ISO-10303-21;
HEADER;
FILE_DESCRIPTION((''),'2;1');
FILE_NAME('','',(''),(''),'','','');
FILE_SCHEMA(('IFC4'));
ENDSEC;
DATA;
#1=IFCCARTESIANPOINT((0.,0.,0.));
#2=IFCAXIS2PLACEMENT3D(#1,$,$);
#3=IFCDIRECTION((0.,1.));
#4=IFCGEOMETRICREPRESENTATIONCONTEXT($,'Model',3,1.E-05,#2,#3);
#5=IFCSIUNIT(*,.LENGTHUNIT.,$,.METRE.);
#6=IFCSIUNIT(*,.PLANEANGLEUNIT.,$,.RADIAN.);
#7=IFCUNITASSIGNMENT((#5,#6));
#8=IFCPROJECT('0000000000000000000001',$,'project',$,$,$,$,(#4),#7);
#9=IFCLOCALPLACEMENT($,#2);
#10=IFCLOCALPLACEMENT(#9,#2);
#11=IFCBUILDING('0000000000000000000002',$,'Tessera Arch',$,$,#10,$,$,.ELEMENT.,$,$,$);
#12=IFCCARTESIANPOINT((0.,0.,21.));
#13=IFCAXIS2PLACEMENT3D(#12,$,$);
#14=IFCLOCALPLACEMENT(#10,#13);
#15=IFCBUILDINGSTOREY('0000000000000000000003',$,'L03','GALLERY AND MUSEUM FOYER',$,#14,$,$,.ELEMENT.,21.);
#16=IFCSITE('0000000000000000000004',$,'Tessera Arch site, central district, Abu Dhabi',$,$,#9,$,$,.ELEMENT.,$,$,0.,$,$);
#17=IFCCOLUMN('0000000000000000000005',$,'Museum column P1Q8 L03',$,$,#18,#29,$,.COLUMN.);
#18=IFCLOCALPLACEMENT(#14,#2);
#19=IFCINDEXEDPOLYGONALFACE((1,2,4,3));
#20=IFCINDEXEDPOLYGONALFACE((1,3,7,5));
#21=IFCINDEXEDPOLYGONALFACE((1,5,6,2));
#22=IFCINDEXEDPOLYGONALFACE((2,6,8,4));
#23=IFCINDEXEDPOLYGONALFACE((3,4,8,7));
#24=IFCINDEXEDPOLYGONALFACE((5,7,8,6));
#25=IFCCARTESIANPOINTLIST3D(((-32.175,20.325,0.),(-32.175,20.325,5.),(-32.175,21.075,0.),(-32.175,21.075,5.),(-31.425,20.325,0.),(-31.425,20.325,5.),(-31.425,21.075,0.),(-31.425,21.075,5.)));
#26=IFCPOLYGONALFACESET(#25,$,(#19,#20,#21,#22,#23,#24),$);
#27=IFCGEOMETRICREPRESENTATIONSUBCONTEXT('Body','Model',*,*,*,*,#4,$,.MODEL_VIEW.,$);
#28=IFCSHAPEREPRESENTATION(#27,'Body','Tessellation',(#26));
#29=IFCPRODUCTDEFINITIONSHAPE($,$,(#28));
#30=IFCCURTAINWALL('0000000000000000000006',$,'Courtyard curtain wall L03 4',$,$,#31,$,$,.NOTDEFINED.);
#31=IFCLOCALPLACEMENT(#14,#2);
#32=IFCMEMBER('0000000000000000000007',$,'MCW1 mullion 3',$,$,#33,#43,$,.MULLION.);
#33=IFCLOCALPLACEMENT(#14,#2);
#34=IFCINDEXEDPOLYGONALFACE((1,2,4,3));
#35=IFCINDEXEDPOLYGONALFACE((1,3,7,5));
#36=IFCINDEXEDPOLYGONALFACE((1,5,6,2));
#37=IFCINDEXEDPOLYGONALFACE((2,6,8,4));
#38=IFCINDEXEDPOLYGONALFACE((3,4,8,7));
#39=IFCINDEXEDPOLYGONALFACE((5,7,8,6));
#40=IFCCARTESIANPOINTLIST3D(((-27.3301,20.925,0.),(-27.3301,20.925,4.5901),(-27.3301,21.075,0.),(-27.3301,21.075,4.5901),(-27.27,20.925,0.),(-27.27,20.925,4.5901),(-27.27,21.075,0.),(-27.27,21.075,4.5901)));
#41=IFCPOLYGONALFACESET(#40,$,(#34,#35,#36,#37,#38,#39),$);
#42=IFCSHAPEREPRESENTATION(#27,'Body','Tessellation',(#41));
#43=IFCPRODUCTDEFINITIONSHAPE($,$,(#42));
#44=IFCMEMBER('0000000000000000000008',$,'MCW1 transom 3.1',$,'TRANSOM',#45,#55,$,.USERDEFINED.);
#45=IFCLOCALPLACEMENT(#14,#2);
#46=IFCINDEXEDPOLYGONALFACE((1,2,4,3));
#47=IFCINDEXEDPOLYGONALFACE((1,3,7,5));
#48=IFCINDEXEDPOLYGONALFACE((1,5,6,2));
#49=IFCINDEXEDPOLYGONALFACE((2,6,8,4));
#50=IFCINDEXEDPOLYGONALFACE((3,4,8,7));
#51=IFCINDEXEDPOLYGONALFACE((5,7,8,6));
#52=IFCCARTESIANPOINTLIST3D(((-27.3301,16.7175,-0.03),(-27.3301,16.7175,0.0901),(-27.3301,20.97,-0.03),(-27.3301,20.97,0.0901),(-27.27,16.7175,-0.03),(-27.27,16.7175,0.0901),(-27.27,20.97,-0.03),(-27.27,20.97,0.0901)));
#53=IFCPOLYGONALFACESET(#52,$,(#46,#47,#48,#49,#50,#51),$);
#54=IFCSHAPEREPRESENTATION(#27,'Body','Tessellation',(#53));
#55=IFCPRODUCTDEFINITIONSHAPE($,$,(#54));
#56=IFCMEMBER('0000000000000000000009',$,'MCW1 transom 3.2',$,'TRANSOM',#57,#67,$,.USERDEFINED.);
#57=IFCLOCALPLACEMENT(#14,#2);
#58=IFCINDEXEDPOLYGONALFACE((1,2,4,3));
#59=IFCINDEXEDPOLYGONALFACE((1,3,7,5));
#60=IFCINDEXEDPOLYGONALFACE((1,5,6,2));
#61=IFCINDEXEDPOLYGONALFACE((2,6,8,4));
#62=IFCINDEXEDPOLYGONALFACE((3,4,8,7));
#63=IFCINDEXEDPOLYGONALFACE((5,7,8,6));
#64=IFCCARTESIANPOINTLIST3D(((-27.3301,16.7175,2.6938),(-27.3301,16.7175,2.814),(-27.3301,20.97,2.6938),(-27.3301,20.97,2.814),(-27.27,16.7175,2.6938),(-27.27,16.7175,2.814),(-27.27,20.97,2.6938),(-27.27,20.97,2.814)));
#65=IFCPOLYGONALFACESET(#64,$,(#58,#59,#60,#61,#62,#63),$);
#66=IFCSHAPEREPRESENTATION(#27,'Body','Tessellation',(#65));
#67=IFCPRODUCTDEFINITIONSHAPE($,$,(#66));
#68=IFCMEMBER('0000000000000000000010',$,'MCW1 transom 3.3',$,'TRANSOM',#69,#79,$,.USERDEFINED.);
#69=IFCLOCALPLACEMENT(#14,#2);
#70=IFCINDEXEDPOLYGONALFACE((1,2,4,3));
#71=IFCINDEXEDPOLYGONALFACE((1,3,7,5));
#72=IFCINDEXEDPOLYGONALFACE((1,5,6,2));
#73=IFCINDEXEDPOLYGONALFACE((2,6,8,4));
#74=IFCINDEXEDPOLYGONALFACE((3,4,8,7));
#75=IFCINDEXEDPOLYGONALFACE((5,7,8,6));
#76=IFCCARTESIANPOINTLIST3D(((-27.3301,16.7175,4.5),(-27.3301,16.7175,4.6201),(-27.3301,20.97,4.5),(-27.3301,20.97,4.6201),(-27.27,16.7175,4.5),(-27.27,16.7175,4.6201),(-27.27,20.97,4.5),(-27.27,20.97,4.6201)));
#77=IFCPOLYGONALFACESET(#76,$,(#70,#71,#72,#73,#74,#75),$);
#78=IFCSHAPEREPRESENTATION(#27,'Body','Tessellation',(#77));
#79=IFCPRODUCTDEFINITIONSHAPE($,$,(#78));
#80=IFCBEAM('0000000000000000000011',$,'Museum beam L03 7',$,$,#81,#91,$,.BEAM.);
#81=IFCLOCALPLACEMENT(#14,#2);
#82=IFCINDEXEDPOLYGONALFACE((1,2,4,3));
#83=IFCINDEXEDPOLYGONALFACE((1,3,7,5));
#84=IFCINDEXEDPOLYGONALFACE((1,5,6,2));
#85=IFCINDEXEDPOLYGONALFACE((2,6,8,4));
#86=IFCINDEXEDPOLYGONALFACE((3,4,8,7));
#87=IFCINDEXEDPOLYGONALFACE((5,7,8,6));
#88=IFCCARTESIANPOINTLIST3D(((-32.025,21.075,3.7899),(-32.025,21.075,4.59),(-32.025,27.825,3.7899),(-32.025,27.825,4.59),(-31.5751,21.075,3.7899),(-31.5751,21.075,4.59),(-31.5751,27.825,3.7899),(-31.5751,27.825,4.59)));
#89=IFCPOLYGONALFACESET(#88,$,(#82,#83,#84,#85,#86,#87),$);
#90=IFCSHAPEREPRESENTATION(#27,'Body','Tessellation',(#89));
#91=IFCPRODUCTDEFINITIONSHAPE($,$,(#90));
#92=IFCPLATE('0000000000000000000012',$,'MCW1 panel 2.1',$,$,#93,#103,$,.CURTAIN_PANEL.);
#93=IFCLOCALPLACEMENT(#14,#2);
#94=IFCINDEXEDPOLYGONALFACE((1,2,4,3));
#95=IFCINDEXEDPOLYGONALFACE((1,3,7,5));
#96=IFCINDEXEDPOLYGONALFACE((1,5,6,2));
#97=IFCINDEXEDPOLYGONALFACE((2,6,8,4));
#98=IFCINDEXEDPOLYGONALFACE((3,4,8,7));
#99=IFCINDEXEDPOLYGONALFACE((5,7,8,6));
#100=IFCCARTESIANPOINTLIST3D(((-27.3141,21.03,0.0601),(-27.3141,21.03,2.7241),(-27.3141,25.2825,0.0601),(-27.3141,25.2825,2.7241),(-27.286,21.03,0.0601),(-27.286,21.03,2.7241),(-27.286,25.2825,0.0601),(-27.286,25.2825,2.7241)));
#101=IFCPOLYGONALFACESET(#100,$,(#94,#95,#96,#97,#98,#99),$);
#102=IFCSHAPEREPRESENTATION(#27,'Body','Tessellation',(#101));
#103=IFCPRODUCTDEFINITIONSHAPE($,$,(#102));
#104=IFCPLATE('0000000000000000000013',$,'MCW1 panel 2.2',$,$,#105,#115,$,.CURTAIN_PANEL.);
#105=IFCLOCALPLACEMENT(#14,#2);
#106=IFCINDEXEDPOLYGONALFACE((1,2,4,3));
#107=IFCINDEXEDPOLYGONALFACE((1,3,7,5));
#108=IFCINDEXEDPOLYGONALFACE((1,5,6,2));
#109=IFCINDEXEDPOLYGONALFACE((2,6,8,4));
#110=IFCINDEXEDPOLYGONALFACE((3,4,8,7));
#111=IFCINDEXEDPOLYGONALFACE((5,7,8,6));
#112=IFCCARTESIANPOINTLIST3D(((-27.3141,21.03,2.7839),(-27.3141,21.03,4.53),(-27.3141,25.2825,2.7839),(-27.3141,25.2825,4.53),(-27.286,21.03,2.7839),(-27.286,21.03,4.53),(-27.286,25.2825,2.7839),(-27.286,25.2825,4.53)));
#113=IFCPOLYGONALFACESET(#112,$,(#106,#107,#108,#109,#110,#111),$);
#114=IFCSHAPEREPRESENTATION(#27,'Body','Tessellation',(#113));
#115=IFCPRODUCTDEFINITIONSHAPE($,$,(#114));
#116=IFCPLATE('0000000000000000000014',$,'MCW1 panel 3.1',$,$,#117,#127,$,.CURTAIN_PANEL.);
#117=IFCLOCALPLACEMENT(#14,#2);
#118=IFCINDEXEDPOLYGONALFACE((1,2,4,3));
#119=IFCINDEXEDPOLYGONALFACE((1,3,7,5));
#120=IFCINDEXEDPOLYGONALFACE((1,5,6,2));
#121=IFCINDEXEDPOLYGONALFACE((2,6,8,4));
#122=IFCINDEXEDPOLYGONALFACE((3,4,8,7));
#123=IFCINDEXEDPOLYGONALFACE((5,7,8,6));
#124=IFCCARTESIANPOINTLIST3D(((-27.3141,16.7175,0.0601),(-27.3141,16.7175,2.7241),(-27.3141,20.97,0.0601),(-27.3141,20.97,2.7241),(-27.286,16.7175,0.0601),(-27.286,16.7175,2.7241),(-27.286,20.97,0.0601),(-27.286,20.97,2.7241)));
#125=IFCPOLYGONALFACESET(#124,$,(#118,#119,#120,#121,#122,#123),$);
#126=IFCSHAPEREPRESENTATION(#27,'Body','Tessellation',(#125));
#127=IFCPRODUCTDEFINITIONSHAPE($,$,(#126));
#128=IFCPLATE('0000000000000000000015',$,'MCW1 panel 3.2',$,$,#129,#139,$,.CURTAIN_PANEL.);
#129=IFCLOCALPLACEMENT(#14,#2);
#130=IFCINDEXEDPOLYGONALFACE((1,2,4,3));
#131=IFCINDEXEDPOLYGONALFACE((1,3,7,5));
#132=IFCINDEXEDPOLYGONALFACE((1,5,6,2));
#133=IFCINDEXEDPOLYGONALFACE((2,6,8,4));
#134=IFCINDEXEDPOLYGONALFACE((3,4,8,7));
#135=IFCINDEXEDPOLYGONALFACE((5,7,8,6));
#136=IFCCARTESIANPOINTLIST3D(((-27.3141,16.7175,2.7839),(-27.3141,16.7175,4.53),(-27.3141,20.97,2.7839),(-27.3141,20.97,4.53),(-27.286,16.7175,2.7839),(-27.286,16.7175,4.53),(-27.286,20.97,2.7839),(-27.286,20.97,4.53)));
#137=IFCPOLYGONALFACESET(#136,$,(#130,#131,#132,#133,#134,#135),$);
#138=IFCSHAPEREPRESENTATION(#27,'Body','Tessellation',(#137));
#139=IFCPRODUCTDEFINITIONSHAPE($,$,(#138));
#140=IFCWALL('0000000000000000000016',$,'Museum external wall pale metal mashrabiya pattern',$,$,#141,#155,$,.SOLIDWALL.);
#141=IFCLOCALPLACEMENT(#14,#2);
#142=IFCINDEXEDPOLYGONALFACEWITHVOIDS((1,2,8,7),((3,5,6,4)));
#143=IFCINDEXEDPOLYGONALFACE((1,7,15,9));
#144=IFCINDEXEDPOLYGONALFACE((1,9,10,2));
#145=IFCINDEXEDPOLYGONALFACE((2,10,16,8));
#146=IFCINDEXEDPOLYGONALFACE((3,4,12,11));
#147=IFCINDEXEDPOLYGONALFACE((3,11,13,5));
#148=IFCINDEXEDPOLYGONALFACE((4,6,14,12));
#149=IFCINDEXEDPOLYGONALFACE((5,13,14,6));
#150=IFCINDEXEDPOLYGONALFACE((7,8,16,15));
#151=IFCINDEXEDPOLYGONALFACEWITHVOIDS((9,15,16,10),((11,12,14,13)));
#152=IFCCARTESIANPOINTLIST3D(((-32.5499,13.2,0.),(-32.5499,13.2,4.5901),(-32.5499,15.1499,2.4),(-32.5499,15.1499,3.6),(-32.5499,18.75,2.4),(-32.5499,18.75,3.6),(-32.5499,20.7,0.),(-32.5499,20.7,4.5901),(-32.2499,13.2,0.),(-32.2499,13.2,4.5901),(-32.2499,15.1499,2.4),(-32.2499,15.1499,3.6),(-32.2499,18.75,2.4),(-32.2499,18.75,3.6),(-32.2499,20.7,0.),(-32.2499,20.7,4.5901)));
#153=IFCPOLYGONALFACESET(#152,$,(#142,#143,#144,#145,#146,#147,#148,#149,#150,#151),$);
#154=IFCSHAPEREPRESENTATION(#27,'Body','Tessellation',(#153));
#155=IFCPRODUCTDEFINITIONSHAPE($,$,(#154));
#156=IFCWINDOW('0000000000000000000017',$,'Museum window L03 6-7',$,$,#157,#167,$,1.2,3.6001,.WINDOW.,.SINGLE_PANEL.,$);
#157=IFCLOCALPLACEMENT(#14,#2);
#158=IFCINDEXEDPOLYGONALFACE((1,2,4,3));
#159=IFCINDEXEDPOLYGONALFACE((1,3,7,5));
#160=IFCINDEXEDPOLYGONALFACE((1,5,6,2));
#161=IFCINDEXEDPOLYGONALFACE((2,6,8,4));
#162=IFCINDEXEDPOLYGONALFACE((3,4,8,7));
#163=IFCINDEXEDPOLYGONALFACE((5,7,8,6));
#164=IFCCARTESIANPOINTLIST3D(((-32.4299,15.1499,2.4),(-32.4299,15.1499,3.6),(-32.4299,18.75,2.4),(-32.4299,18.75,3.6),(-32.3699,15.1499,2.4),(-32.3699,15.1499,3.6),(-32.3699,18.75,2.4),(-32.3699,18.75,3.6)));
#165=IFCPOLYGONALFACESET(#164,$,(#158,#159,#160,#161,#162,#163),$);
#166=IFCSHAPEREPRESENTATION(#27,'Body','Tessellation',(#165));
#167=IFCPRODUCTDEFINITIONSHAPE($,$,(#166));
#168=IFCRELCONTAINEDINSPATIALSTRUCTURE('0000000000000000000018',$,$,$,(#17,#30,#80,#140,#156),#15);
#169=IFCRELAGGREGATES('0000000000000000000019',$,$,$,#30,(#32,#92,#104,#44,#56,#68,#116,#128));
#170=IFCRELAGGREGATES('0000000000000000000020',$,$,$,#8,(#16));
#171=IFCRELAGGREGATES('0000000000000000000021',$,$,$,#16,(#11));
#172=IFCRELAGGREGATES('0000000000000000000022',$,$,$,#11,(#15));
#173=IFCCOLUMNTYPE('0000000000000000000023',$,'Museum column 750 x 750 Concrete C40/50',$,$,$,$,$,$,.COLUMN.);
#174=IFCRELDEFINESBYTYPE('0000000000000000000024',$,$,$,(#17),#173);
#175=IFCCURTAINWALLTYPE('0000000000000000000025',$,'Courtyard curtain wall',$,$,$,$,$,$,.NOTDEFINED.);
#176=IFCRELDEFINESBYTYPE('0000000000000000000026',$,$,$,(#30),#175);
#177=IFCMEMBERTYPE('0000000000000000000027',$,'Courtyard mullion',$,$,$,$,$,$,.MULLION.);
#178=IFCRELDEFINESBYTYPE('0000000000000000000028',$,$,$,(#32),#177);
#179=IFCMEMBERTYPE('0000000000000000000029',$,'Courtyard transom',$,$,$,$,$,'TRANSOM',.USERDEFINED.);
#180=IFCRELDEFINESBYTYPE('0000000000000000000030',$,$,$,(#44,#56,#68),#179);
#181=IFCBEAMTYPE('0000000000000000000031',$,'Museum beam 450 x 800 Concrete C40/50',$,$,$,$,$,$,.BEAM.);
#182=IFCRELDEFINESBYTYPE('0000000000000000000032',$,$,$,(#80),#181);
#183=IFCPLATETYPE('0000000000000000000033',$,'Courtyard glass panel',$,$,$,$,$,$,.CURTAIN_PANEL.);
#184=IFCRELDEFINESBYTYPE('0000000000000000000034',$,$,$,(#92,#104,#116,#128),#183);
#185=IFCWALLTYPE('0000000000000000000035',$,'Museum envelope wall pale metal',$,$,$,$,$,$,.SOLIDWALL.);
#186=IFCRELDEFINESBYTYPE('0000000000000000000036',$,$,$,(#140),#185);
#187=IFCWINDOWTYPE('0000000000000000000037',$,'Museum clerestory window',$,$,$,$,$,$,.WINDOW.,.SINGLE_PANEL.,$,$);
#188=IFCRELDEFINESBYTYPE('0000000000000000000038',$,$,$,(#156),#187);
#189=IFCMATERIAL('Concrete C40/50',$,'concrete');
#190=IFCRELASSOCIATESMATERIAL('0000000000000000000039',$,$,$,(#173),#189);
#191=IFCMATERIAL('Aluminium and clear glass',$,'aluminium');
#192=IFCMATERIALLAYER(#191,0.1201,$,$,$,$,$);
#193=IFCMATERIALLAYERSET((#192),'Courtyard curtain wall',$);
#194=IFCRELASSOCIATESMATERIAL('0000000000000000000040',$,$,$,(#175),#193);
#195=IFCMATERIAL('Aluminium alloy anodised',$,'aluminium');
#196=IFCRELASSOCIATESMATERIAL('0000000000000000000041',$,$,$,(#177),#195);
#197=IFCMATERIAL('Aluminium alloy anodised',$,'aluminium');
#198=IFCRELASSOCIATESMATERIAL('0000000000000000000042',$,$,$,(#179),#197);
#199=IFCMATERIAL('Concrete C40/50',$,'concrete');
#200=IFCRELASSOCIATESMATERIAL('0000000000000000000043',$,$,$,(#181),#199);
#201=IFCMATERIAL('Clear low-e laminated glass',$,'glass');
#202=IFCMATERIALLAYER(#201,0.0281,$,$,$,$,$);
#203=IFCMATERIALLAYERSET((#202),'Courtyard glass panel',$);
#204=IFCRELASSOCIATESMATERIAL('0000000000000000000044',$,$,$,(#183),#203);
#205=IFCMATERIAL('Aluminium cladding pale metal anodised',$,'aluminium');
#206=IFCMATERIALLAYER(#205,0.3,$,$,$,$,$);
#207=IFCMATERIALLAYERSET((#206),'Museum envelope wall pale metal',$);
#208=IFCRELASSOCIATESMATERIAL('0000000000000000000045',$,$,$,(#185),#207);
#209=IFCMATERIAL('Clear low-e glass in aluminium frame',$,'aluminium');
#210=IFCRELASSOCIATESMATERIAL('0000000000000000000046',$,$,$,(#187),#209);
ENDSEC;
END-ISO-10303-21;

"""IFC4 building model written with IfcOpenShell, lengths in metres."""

from ifc_helpers import new_model, si_unit, direction, frame, frame_2d, origin, origin_2d, place, context, subcontext, project, spatial, rectangle, extrude, material, layer, layer_set, material_profile, profile_set, type_object, element, fill, aggregate, save


model = new_model("IFC4")

# Units and contexts
model_context = context("Model", 3, precision=1e-05, world=origin(), true_north=direction((0.0, 1.0)))
body_context = subcontext(model_context, "Body", "Model", "MODEL_VIEW")
ifc_project = project(units=[si_unit("LENGTHUNIT", "METRE"), si_unit("PLANEANGLEUNIT", "RADIAN")], contexts=[model_context])

# Site, building, storey
site_placement = place(None, origin())
site = spatial("IfcSite", under=ifc_project, at=site_placement, Name="Tessera Arch site, central district, Abu Dhabi", CompositionType="ELEMENT", RefElevation=0.0)
building_placement = place(site_placement, origin())
building = spatial("IfcBuilding", under=site, at=building_placement, Name="Tessera Arch", CompositionType="ELEMENT")
storey_placement = place(building_placement, frame((0.0, 0.0, 21.0)))
storey = spatial("IfcBuildingStorey", under=building, at=storey_placement, Name="L03", Description="GALLERY AND MUSEUM FOYER", CompositionType="ELEMENT", Elevation=21.0)

# Column
ifc_material_1 = material(Name="Concrete C40/50", Category="concrete")
ifc_material_profile_1 = material_profile(ifc_material_1, rectangle(XDim=0.75, YDim=0.75, at=origin_2d()), Name="Museum column 750 x 750 Concrete C40/50")
ifc_profile_set_1 = profile_set([ifc_material_profile_1], Name="Concrete C40/50")
column_type = type_object("IfcColumnType", Name="Museum column 750 x 750 Concrete C40/50", PredefinedType="COLUMN", material=ifc_profile_set_1)
column_placement = place(storey_placement, frame((-31.8, 20.7, 0.0), z_axis=(0.0, 0.0, 1.0), x_axis=(1.0, 0.0, 0.0)))
element("IfcColumn", 1, at=column_placement, inside=storey, type_object=column_type, Name="Museum column P1Q8 L03", PredefinedType="COLUMN", context=body_context, shape_type="SweptSolid", body=[
    extrude(rectangle(XDim=0.75, YDim=0.75, at=origin_2d()), origin(), (0.0, 0.0, 1.0), 5.0),
])

# Curtain wall, members
ifc_material_2 = material(Name="Aluminium and clear glass", Category="aluminium")
ifc_layer_1 = layer(ifc_material_2, 0.1201)
ifc_layer_set_1 = layer_set([ifc_layer_1], Name="Courtyard curtain wall")
curtain_wall_type = type_object("IfcCurtainWallType", Name="Courtyard curtain wall", PredefinedType="NOTDEFINED", material=ifc_layer_set_1)
curtain_wall_placement = place(storey_placement, origin())
curtain_wall = element("IfcCurtainWall", 2, at=curtain_wall_placement, inside=storey, type_object=curtain_wall_type, Name="Courtyard curtain wall L03 4", PredefinedType="NOTDEFINED")
ifc_material_3 = material(Name="Aluminium alloy anodised", Category="aluminium")
ifc_material_profile_2 = material_profile(ifc_material_3, rectangle(XDim=0.0601, YDim=0.1499, at=origin_2d()), Name="Courtyard mullion")
ifc_profile_set_2 = profile_set([ifc_material_profile_2], Name="Aluminium alloy anodised")
member_type_1 = type_object("IfcMemberType", Name="Courtyard mullion", PredefinedType="MULLION", material=ifc_profile_set_2)
member_1_placement = place(storey_placement, frame((-27.3, 21.0, 0.0), z_axis=(0.0, 0.0, 1.0), x_axis=(1.0, 0.0, 0.0)))
member_1 = element("IfcMember", 3, at=member_1_placement, type_object=member_type_1, Name="MCW1 mullion 3", PredefinedType="MULLION", context=body_context, shape_type="SweptSolid", body=[
    extrude(rectangle(XDim=0.0601, YDim=0.1499, at=origin_2d()), origin(), (0.0, 0.0, 1.0), 4.5901),
])
ifc_material_4 = material(Name="Aluminium alloy anodised", Category="aluminium")
ifc_material_profile_3 = material_profile(ifc_material_4, rectangle(XDim=0.0601, YDim=0.1201, at=origin_2d()), Name="Courtyard transom")
ifc_profile_set_3 = profile_set([ifc_material_profile_3], Name="Aluminium alloy anodised")
member_type_2 = type_object("IfcMemberType", Name="Courtyard transom", ElementType="TRANSOM", PredefinedType="USERDEFINED", material=ifc_profile_set_3)
member_2_placement = place(storey_placement, frame((-27.3, 20.97, 0.03), z_axis=(0.0, -1.0, 0.0), x_axis=(1.0, 0.0, 0.0)))
member_2 = element("IfcMember", 4, at=member_2_placement, type_object=member_type_2, Name="MCW1 transom 3.1", ObjectType="TRANSOM", PredefinedType="USERDEFINED", context=body_context, shape_type="SweptSolid", body=[
    extrude(rectangle(XDim=0.0601, YDim=0.1201, at=origin_2d()), origin(), (0.0, 0.0, 1.0), 4.2524),
])
member_3_placement = place(storey_placement, frame((-27.3, 20.97, 2.7539), z_axis=(0.0, -1.0, 0.0), x_axis=(1.0, 0.0, 0.0)))
member_3 = element("IfcMember", 5, at=member_3_placement, type_object=member_type_2, Name="MCW1 transom 3.2", ObjectType="TRANSOM", PredefinedType="USERDEFINED", context=body_context, shape_type="SweptSolid", body=[
    extrude(rectangle(XDim=0.0601, YDim=0.1201, at=origin_2d()), origin(), (0.0, 0.0, 1.0), 4.2524),
])
member_4_placement = place(storey_placement, frame((-27.3, 20.97, 4.5601), z_axis=(0.0, -1.0, 0.0), x_axis=(1.0, 0.0, 0.0)))
member_4 = element("IfcMember", 6, at=member_4_placement, type_object=member_type_2, Name="MCW1 transom 3.3", ObjectType="TRANSOM", PredefinedType="USERDEFINED", context=body_context, shape_type="SweptSolid", body=[
    extrude(rectangle(XDim=0.0601, YDim=0.1201, at=origin_2d()), origin(), (0.0, 0.0, 1.0), 4.2524),
])

# Beam
ifc_material_5 = material(Name="Concrete C40/50", Category="concrete")
ifc_material_profile_4 = material_profile(ifc_material_5, rectangle(XDim=0.45, YDim=0.8, at=origin_2d()), Name="Museum beam 450 x 800 Concrete C40/50")
ifc_profile_set_4 = profile_set([ifc_material_profile_4], Name="Concrete C40/50")
beam_type = type_object("IfcBeamType", Name="Museum beam 450 x 800 Concrete C40/50", PredefinedType="BEAM", material=ifc_profile_set_4)
beam_placement = place(storey_placement, frame((-31.8, 21.075, 4.1899), z_axis=(0.0, 1.0, 0.0), x_axis=(-1.0, 0.0, 0.0)))
element("IfcBeam", 7, at=beam_placement, inside=storey, type_object=beam_type, Name="Museum beam L03 7", PredefinedType="BEAM", context=body_context, shape_type="SweptSolid", body=[
    extrude(rectangle(XDim=0.45, YDim=0.8, at=origin_2d()), origin(), (0.0, 0.0, 1.0), 6.75),
])

# Plates
ifc_material_6 = material(Name="Clear low-e laminated glass", Category="glass")
ifc_layer_2 = layer(ifc_material_6, 0.0281)
ifc_layer_set_2 = layer_set([ifc_layer_2], Name="Courtyard glass panel")
plate_type = type_object("IfcPlateType", Name="Courtyard glass panel", PredefinedType="CURTAIN_PANEL", material=ifc_layer_set_2)
plate_1_placement = place(storey_placement, frame((-27.3, 23.1562, 0.0601), z_axis=(0.0, 0.0, 1.0), x_axis=(0.0, -1.0, 0.0)))
plate_1 = element("IfcPlate", 8, at=plate_1_placement, type_object=plate_type, Name="MCW1 panel 2.1", PredefinedType="CURTAIN_PANEL", context=body_context, shape_type="SweptSolid", body=[
    extrude(rectangle(XDim=4.2524, YDim=0.0281, at=origin_2d()), origin(), (0.0, 0.0, 1.0), 2.6641),
])
plate_2_placement = place(storey_placement, frame((-27.3, 23.1562, 2.7839), z_axis=(0.0, 0.0, 1.0), x_axis=(0.0, -1.0, 0.0)))
plate_2 = element("IfcPlate", 9, at=plate_2_placement, type_object=plate_type, Name="MCW1 panel 2.2", PredefinedType="CURTAIN_PANEL", context=body_context, shape_type="SweptSolid", body=[
    extrude(rectangle(XDim=4.2524, YDim=0.0281, at=origin_2d()), origin(), (0.0, 0.0, 1.0), 1.7461),
])
plate_3_placement = place(storey_placement, frame((-27.3, 18.8438, 0.0601), z_axis=(0.0, 0.0, 1.0), x_axis=(0.0, -1.0, 0.0)))
plate_3 = element("IfcPlate", 10, at=plate_3_placement, type_object=plate_type, Name="MCW1 panel 3.1", PredefinedType="CURTAIN_PANEL", context=body_context, shape_type="SweptSolid", body=[
    extrude(rectangle(XDim=4.2524, YDim=0.0281, at=origin_2d()), origin(), (0.0, 0.0, 1.0), 2.6641),
])
plate_4_placement = place(storey_placement, frame((-27.3, 18.8438, 2.7839), z_axis=(0.0, 0.0, 1.0), x_axis=(0.0, -1.0, 0.0)))
plate_4 = element("IfcPlate", 11, at=plate_4_placement, type_object=plate_type, Name="MCW1 panel 3.2", PredefinedType="CURTAIN_PANEL", context=body_context, shape_type="SweptSolid", body=[
    extrude(rectangle(XDim=4.2524, YDim=0.0281, at=origin_2d()), origin(), (0.0, 0.0, 1.0), 1.7461),
])
aggregate(curtain_wall, [member_1, plate_1, plate_2, member_2, member_3, member_4, plate_3, plate_4])

# Wall, opening, window
ifc_material_7 = material(Name="Aluminium cladding pale metal anodised", Category="aluminium")
ifc_layer_3 = layer(ifc_material_7, 0.3)
ifc_layer_set_3 = layer_set([ifc_layer_3], Name="Museum envelope wall pale metal")
wall_type = type_object("IfcWallType", Name="Museum envelope wall pale metal", PredefinedType="SOLIDWALL", material=ifc_layer_set_3)
wall_placement = place(storey_placement, frame((-32.3999, 20.7, 0.0), z_axis=(0.0, 0.0, 1.0), x_axis=(0.0, -1.0, 0.0)))
wall = element("IfcWall", 12, at=wall_placement, inside=storey, type_object=wall_type, Name="Museum external wall pale metal mashrabiya pattern", PredefinedType="SOLIDWALL", context=body_context, shape_type="SweptSolid", body=[
    extrude(rectangle(XDim=7.5, YDim=0.3, at=frame_2d((3.75, 0.0))), origin(), (0.0, 0.0, 1.0), 4.5901),
])
opening_placement = place(wall_placement, frame((1.95, 0.0, 2.3999)))
opening = element("IfcOpeningElement", 13, at=opening_placement, cuts=wall, PredefinedType="OPENING", context=body_context, shape_type="SweptSolid", body=[
    extrude(rectangle(XDim=3.6001, YDim=1.2, at=frame_2d((1.8, 0.6001))), frame((0.0, 0.1599, 0.0), z_axis=(0.0, -1.0, 0.0), x_axis=(1.0, 0.0, 0.0)), (0.0, 0.0, 1.0), 0.3201),
])
ifc_material_8 = material(Name="Clear low-e glass in aluminium frame", Category="aluminium")
window_type = type_object("IfcWindowType", Name="Museum clerestory window", PartitioningType="SINGLE_PANEL", PredefinedType="WINDOW", material=ifc_material_8)
window_placement = place(opening_placement, origin())
window = element("IfcWindow", 14, at=window_placement, inside=storey, type_object=window_type, Name="Museum window L03 6-7", OverallHeight=1.2, OverallWidth=3.6001, PartitioningType="SINGLE_PANEL", PredefinedType="WINDOW", context=body_context, shape_type="SweptSolid", body=[
    extrude(rectangle(XDim=3.6001, YDim=1.2, at=frame_2d((1.8, 0.6001))), frame((0.0, 0.03, 0.0), z_axis=(0.0, -1.0, 0.0), x_axis=(1.0, 0.0, 0.0)), (0.0, 0.0, 1.0), 0.0601),
])
fill(opening, window)

save(model, "model.ifc")
